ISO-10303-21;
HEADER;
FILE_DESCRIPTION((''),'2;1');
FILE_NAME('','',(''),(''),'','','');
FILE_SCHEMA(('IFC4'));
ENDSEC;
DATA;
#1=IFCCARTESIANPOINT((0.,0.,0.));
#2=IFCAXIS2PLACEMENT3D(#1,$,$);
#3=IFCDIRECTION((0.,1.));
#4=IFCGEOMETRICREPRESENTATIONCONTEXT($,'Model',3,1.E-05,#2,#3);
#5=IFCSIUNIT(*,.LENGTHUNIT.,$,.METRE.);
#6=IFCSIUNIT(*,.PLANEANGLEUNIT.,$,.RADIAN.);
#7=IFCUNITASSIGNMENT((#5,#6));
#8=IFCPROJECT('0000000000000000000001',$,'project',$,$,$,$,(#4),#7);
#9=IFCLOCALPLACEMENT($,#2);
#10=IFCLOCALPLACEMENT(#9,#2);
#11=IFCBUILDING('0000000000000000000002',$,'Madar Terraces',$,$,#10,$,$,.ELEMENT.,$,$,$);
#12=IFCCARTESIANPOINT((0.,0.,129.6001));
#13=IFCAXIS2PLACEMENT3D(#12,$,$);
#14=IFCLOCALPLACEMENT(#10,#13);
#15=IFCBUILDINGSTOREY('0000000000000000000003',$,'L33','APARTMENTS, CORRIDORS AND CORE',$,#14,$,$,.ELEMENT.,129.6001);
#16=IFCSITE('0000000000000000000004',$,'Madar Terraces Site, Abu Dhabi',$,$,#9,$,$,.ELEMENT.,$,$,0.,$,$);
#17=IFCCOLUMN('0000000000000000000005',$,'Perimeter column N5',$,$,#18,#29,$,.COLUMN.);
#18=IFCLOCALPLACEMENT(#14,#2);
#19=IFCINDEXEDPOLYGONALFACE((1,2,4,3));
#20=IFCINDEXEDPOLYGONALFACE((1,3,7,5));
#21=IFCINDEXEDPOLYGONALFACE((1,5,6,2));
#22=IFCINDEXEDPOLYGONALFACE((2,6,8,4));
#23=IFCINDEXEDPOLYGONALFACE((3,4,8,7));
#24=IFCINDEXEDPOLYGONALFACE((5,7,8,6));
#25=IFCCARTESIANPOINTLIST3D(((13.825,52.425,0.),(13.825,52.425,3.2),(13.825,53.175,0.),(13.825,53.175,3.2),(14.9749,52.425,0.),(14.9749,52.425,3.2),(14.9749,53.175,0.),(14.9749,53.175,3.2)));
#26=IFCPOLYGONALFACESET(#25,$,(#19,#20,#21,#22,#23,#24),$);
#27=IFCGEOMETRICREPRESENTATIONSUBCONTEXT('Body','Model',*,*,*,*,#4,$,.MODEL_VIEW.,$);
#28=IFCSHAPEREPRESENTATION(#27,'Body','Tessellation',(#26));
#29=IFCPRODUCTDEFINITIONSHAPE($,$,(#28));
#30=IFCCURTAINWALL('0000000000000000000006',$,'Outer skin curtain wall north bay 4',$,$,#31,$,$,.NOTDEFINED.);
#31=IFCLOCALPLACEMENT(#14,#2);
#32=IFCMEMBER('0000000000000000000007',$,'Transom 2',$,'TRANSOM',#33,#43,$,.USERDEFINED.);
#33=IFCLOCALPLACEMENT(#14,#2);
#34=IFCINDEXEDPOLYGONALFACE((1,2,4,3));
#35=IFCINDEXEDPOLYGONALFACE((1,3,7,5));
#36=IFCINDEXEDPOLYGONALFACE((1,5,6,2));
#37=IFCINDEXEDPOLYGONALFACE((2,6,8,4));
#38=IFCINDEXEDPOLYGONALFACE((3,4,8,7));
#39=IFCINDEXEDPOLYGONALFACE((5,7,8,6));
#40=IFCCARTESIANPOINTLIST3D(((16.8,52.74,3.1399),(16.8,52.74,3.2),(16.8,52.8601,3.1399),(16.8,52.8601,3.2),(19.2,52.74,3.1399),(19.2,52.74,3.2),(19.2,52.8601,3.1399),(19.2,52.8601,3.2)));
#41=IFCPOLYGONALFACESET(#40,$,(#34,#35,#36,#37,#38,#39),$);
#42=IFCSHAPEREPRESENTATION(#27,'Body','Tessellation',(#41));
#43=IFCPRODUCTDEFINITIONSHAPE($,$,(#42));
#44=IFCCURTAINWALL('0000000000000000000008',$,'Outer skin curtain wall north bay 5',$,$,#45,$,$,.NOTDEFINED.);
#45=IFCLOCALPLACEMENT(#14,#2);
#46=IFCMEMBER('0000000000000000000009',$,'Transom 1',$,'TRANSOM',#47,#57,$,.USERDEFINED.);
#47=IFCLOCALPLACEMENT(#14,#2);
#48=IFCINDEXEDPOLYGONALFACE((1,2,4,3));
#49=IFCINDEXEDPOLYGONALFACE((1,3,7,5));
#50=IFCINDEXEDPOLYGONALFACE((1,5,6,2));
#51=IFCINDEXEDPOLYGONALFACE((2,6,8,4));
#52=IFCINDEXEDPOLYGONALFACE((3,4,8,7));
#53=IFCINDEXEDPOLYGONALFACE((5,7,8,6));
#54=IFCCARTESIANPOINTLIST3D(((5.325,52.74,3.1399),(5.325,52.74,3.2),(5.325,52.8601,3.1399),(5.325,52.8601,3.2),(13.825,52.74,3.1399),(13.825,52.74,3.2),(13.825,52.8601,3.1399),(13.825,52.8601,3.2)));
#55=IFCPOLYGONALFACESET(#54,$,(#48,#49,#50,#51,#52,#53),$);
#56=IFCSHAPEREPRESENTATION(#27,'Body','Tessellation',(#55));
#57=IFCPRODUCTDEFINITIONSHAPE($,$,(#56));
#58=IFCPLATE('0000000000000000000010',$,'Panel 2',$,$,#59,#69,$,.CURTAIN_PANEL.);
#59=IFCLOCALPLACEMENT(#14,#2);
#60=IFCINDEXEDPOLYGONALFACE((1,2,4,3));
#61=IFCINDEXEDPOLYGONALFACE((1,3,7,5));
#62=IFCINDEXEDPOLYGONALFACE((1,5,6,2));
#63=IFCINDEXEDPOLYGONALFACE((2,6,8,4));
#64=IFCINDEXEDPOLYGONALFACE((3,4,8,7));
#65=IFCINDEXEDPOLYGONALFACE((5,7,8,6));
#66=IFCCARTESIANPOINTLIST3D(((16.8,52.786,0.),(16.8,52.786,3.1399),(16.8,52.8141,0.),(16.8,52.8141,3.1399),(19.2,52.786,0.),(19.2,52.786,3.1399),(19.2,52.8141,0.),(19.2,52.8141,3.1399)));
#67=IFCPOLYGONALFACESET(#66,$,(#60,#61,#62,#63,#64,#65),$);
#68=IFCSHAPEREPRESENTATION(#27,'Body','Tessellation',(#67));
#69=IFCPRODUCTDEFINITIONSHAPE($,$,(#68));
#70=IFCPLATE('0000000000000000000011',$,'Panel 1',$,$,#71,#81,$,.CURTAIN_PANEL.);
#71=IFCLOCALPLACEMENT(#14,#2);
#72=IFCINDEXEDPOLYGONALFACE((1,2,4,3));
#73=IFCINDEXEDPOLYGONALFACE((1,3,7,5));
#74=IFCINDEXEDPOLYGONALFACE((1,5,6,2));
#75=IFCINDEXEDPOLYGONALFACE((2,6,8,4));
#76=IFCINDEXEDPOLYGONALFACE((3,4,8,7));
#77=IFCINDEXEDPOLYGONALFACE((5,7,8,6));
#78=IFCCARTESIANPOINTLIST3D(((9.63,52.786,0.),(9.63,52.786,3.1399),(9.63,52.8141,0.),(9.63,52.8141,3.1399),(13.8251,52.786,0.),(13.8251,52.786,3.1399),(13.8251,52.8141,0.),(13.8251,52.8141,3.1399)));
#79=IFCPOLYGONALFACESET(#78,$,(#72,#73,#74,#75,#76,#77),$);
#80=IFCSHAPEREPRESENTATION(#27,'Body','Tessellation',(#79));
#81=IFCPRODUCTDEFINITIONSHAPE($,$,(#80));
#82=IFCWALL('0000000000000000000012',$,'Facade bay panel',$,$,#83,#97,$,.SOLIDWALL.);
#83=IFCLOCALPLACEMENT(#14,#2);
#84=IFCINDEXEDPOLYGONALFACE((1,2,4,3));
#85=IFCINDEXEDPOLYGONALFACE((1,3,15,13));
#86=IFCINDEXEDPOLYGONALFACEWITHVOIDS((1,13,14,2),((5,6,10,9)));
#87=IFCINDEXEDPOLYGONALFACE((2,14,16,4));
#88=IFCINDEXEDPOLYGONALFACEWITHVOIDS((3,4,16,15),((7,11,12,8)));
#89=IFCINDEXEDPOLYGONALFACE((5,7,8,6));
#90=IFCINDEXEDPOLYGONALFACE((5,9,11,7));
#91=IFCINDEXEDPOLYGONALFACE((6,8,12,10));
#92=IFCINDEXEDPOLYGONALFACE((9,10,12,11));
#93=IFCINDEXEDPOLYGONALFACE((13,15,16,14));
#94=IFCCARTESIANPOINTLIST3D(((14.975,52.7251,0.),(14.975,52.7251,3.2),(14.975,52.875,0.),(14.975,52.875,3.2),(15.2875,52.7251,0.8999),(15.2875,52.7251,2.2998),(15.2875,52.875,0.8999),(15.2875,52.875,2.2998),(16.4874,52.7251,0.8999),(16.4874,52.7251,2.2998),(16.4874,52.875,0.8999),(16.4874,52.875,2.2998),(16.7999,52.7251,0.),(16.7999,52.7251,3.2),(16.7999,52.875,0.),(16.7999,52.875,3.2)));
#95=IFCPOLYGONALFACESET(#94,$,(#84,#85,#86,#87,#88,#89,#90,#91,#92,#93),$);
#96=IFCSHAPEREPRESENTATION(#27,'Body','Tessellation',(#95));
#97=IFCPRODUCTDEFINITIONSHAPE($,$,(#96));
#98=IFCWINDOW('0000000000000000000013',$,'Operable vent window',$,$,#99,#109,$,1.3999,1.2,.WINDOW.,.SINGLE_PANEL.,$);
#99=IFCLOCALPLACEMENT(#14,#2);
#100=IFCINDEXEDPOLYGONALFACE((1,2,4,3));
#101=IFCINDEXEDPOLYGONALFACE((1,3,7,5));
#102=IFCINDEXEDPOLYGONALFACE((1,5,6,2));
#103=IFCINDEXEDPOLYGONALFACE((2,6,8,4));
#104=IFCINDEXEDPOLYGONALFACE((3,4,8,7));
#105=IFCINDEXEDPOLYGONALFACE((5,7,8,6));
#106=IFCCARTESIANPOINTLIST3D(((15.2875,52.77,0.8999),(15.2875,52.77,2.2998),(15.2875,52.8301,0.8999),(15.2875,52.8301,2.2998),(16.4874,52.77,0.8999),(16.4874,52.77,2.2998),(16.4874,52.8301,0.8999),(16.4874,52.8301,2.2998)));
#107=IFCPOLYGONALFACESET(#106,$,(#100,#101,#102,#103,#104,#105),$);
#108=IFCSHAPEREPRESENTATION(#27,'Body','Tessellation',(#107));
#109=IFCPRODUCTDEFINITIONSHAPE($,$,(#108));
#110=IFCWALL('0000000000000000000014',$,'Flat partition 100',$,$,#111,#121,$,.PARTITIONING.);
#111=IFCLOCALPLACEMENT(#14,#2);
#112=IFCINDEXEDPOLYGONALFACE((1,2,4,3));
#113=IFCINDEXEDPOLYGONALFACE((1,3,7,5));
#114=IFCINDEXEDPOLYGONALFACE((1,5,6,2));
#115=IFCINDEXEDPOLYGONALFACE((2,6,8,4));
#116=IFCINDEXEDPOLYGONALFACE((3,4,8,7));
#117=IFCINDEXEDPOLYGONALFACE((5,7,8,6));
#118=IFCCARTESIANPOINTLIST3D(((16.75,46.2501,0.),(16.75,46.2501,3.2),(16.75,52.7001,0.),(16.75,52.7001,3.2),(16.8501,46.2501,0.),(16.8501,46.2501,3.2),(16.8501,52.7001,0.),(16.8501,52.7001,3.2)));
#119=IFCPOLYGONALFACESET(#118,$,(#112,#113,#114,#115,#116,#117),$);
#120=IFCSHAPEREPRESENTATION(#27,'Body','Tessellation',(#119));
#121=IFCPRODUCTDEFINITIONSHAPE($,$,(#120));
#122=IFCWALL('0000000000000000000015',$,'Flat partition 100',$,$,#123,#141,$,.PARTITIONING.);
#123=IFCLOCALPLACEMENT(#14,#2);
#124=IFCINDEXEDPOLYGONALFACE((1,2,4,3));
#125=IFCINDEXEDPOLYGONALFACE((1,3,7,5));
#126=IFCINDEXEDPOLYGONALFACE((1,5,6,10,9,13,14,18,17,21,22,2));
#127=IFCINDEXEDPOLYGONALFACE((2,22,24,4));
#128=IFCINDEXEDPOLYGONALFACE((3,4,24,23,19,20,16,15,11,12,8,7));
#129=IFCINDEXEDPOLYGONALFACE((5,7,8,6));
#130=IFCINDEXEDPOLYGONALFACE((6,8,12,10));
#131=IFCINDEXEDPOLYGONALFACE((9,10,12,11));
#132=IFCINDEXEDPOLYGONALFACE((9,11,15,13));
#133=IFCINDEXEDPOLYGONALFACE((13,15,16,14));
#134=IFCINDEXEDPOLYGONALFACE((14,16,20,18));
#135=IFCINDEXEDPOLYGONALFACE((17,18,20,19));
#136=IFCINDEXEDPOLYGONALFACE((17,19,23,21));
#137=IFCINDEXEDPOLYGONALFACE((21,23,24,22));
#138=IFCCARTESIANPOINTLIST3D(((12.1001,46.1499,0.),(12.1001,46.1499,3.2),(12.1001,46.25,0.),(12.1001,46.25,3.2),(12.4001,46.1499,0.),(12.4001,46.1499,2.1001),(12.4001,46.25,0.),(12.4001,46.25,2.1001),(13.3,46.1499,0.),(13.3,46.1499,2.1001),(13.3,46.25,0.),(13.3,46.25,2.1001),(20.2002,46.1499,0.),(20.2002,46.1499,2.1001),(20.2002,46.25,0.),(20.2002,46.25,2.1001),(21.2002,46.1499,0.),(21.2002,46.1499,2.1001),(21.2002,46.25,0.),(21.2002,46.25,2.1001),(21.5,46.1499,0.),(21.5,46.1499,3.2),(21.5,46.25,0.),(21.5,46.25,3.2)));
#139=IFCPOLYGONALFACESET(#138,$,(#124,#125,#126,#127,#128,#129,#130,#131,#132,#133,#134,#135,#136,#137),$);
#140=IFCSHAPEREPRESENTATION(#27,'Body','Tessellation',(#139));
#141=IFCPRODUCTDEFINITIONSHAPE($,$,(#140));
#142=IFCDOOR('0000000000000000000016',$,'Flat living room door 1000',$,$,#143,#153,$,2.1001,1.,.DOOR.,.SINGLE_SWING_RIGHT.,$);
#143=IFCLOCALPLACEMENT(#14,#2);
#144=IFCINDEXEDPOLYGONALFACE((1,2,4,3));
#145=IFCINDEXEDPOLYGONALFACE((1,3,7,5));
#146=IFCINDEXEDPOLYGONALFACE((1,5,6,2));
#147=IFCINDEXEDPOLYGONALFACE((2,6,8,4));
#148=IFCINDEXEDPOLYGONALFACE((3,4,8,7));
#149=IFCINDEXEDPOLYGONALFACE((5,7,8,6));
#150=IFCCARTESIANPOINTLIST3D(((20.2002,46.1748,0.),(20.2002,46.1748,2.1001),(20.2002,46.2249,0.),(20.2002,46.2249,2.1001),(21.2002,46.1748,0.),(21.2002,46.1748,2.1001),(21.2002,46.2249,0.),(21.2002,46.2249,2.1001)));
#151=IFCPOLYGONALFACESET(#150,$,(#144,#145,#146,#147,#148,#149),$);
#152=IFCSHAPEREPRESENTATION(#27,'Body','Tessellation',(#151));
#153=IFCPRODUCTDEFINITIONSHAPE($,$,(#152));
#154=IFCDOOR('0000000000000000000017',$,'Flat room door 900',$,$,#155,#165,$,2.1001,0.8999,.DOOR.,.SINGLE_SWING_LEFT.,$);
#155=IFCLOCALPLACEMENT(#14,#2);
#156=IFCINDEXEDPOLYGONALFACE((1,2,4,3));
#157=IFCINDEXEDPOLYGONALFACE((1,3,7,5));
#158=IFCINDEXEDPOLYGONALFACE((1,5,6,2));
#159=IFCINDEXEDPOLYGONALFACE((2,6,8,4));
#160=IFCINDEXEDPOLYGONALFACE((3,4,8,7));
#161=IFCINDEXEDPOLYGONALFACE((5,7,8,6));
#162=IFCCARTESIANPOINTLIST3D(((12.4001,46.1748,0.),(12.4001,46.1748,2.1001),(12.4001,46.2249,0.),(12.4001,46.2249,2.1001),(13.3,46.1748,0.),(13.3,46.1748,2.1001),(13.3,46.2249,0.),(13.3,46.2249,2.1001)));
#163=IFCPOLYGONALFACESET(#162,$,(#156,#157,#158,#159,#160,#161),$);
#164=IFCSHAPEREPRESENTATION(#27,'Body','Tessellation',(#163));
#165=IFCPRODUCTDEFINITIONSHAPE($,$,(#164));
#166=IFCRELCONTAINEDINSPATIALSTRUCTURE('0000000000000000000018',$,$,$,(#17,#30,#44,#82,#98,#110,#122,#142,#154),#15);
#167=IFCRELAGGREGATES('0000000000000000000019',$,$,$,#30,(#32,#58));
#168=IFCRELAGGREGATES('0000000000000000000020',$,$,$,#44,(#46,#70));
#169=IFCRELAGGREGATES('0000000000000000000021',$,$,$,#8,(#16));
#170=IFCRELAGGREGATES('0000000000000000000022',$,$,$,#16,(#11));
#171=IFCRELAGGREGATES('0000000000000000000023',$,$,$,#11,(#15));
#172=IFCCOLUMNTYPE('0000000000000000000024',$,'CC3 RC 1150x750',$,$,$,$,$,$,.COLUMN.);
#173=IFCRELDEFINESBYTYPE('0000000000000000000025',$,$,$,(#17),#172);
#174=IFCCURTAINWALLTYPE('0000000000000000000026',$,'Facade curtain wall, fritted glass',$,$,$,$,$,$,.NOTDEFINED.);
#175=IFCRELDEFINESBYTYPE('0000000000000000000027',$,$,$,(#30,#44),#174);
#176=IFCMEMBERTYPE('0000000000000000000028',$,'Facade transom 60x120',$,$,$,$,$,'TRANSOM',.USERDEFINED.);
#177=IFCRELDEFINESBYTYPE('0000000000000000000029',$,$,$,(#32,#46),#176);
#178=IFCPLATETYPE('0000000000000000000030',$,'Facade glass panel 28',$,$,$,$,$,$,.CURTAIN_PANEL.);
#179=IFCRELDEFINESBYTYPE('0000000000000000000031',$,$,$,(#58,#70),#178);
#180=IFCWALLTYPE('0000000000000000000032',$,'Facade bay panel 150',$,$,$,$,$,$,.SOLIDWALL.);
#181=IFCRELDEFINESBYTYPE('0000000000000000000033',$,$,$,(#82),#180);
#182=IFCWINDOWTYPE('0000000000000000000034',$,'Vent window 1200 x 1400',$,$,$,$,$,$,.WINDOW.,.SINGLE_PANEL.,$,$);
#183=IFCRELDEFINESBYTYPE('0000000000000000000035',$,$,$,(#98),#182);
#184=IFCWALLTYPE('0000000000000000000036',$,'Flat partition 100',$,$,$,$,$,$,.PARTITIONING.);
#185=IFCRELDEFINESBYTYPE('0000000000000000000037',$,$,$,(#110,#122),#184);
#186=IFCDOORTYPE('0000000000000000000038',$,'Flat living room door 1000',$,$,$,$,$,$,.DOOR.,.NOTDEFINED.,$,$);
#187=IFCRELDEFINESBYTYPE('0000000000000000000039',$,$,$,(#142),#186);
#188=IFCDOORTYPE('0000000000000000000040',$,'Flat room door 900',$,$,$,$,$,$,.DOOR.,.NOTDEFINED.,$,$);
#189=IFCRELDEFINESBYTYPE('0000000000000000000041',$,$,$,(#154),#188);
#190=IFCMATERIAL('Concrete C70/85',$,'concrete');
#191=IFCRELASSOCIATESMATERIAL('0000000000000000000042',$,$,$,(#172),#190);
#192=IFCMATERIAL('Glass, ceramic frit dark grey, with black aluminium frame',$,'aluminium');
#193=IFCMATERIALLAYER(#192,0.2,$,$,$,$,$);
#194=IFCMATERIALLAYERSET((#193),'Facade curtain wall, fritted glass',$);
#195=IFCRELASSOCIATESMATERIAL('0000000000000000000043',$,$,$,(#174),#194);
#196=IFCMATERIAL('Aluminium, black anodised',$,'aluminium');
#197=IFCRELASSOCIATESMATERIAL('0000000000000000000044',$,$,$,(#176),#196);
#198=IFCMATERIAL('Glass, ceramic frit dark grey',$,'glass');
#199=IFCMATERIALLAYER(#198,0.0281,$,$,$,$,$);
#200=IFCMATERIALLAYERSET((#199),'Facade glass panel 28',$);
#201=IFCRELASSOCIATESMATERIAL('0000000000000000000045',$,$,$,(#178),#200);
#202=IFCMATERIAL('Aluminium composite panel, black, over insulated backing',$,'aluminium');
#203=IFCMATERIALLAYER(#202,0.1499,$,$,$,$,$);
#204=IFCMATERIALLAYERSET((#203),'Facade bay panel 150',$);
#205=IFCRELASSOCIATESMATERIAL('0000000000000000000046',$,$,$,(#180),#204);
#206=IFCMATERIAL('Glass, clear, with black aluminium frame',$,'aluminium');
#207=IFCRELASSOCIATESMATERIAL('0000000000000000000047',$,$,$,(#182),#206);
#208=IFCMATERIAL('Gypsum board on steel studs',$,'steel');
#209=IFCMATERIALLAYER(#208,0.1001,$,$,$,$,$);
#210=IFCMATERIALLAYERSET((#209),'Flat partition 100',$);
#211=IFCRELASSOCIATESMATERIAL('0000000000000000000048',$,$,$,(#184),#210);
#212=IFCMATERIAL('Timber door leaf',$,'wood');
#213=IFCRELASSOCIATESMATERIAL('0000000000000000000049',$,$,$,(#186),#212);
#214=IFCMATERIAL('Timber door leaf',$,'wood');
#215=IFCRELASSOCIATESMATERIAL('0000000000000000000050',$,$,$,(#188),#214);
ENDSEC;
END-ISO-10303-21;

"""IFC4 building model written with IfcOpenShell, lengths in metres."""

from ifc_helpers import new_model, si_unit, direction, frame, frame_2d, origin, origin_2d, place, context, subcontext, project, spatial, rectangle, extrude, material, layer, layer_set, material_profile, profile_set, type_object, element, fill, aggregate, save


model = new_model("IFC4")

# Units and contexts
model_context = context("Model", 3, precision=1e-05, world=origin(), true_north=direction((0.0, 1.0)))
body_context = subcontext(model_context, "Body", "Model", "MODEL_VIEW")
ifc_project = project(units=[si_unit("LENGTHUNIT", "METRE"), si_unit("PLANEANGLEUNIT", "RADIAN")], contexts=[model_context])

# Site, building, storey
site_placement = place(None, origin())
site = spatial("IfcSite", under=ifc_project, at=site_placement, Name="Madar Terraces Site, Abu Dhabi", CompositionType="ELEMENT", RefElevation=0.0)
building_placement = place(site_placement, origin())
building = spatial("IfcBuilding", under=site, at=building_placement, Name="Madar Terraces", CompositionType="ELEMENT")
storey_placement = place(building_placement, frame((0.0, 0.0, 129.6001)))
storey = spatial("IfcBuildingStorey", under=building, at=storey_placement, Name="L33", Description="APARTMENTS, CORRIDORS AND CORE", CompositionType="ELEMENT", Elevation=129.6001)

# Column
ifc_material_1 = material(Name="Concrete C70/85", Category="concrete")
ifc_material_profile_1 = material_profile(ifc_material_1, rectangle(XDim=1.1499, YDim=0.75, at=origin_2d()), Name="CC3 RC 1150x750")
ifc_profile_set_1 = profile_set([ifc_material_profile_1], Name="Concrete C70/85")
column_type = type_object("IfcColumnType", Name="CC3 RC 1150x750", PredefinedType="COLUMN", material=ifc_profile_set_1)
column_placement = place(storey_placement, frame((14.3999, 52.8, 0.0), z_axis=(0.0, 0.0, 1.0), x_axis=(1.0, 0.0, 0.0)))
element("IfcColumn", 1, at=column_placement, inside=storey, type_object=column_type, Name="Perimeter column N5", PredefinedType="COLUMN", context=body_context, shape_type="SweptSolid", body=[
    extrude(rectangle(XDim=1.1499, YDim=0.75, at=origin_2d()), origin(), (0.0, 0.0, 1.0), 3.2),
])

# Curtain walls, members
ifc_material_2 = material(Name="Glass, ceramic frit dark grey, with black aluminium frame", Category="aluminium")
ifc_layer_1 = layer(ifc_material_2, 0.2)
ifc_layer_set_1 = layer_set([ifc_layer_1], Name="Facade curtain wall, fritted glass")
curtain_wall_type = type_object("IfcCurtainWallType", Name="Facade curtain wall, fritted glass", PredefinedType="NOTDEFINED", material=ifc_layer_set_1)
curtain_wall_1_placement = place(storey_placement, origin())
curtain_wall_1 = element("IfcCurtainWall", 2, at=curtain_wall_1_placement, inside=storey, type_object=curtain_wall_type, Name="Outer skin curtain wall north bay 4", PredefinedType="NOTDEFINED")
ifc_material_3 = material(Name="Aluminium, black anodised", Category="aluminium")
ifc_material_profile_2 = material_profile(ifc_material_3, rectangle(XDim=0.1201, YDim=0.0601, at=origin_2d()), Name="Facade transom 60x120")
ifc_profile_set_2 = profile_set([ifc_material_profile_2], Name="Aluminium, black anodised")
member_type = type_object("IfcMemberType", Name="Facade transom 60x120", ElementType="TRANSOM", PredefinedType="USERDEFINED", material=ifc_profile_set_2)
member_1_placement = place(storey_placement, frame((19.2, 52.8, 3.1699), z_axis=(-1.0, 0.0, 0.0), x_axis=(0.0, -1.0, 0.0)))
member_1 = element("IfcMember", 3, at=member_1_placement, type_object=member_type, Name="Transom 2", ObjectType="TRANSOM", PredefinedType="USERDEFINED", context=body_context, shape_type="SweptSolid", body=[
    extrude(rectangle(XDim=0.1201, YDim=0.0601, at=origin_2d()), origin(), (0.0, 0.0, 1.0), 2.3999),
])
curtain_wall_2_placement = place(storey_placement, origin())
curtain_wall_2 = element("IfcCurtainWall", 4, at=curtain_wall_2_placement, inside=storey, type_object=curtain_wall_type, Name="Outer skin curtain wall north bay 5", PredefinedType="NOTDEFINED")
member_2_placement = place(storey_placement, frame((13.825, 52.8, 3.1699), z_axis=(-1.0, 0.0, 0.0), x_axis=(0.0, -1.0, 0.0)))
member_2 = element("IfcMember", 5, at=member_2_placement, type_object=member_type, Name="Transom 1", ObjectType="TRANSOM", PredefinedType="USERDEFINED", context=body_context, shape_type="SweptSolid", body=[
    extrude(rectangle(XDim=0.1201, YDim=0.0601, at=origin_2d()), origin(), (0.0, 0.0, 1.0), 8.5),
])

# Plates
ifc_material_4 = material(Name="Glass, ceramic frit dark grey", Category="glass")
ifc_layer_2 = layer(ifc_material_4, 0.0281)
ifc_layer_set_2 = layer_set([ifc_layer_2], Name="Facade glass panel 28")
plate_type = type_object("IfcPlateType", Name="Facade glass panel 28", PredefinedType="CURTAIN_PANEL", material=ifc_layer_set_2)
plate_1_placement = place(storey_placement, frame((18.0, 52.8, 0.0), z_axis=(0.0, 0.0, 1.0), x_axis=(-1.0, 0.0, 0.0)))
plate_1 = element("IfcPlate", 6, at=plate_1_placement, type_object=plate_type, Name="Panel 2", PredefinedType="CURTAIN_PANEL", context=body_context, shape_type="SweptSolid", body=[
    extrude(rectangle(XDim=2.3999, YDim=0.0281, at=origin_2d()), origin(), (0.0, 0.0, 1.0), 3.1399),
])
aggregate(curtain_wall_1, [member_1, plate_1])
plate_2_placement = place(storey_placement, frame((11.7275, 52.8, 0.0), z_axis=(0.0, 0.0, 1.0), x_axis=(-1.0, 0.0, 0.0)))
plate_2 = element("IfcPlate", 7, at=plate_2_placement, type_object=plate_type, Name="Panel 1", PredefinedType="CURTAIN_PANEL", context=body_context, shape_type="SweptSolid", body=[
    extrude(rectangle(XDim=4.1951, YDim=0.0281, at=origin_2d()), origin(), (0.0, 0.0, 1.0), 3.1399),
])
aggregate(curtain_wall_2, [member_2, plate_2])

# Wall, opening, window
ifc_material_5 = material(Name="Aluminium composite panel, black, over insulated backing", Category="aluminium")
ifc_layer_3 = layer(ifc_material_5, 0.1499)
ifc_layer_set_3 = layer_set([ifc_layer_3], Name="Facade bay panel 150")
wall_type_1 = type_object("IfcWallType", Name="Facade bay panel 150", PredefinedType="SOLIDWALL", material=ifc_layer_set_3)
wall_1_placement = place(storey_placement, frame((16.8, 52.8, 0.0), z_axis=(0.0, 0.0, 1.0), x_axis=(-1.0, 0.0, 0.0)))
wall_1 = element("IfcWall", 8, at=wall_1_placement, inside=storey, type_object=wall_type_1, Name="Facade bay panel", PredefinedType="SOLIDWALL", context=body_context, shape_type="SweptSolid", body=[
    extrude(rectangle(XDim=1.825, YDim=0.1499, at=frame_2d((0.9126, 0.0))), origin(), (0.0, 0.0, 1.0), 3.2),
])
opening_1_placement = place(wall_1_placement, frame((0.3125, 0.0, 0.8999)))
opening_1 = element("IfcOpeningElement", 9, at=opening_1_placement, cuts=wall_1, PredefinedType="OPENING", context=body_context, shape_type="SweptSolid", body=[
    extrude(rectangle(XDim=1.2, YDim=1.3999, at=frame_2d((0.6001, 0.7))), frame((0.0, 0.085, 0.0), z_axis=(0.0, -1.0, 0.0), x_axis=(1.0, 0.0, 0.0)), (0.0, 0.0, 1.0), 0.1699),
])
ifc_material_6 = material(Name="Glass, clear, with black aluminium frame", Category="aluminium")
window_type = type_object("IfcWindowType", Name="Vent window 1200 x 1400", PartitioningType="SINGLE_PANEL", PredefinedType="WINDOW", material=ifc_material_6)
window_placement = place(opening_1_placement, origin())
window = element("IfcWindow", 10, at=window_placement, inside=storey, type_object=window_type, Name="Operable vent window", OverallHeight=1.3999, OverallWidth=1.2, PartitioningType="SINGLE_PANEL", PredefinedType="WINDOW", context=body_context, shape_type="SweptSolid", body=[
    extrude(rectangle(XDim=1.2, YDim=1.3999, at=frame_2d((0.6001, 0.7))), frame((0.0, 0.03, 0.0), z_axis=(0.0, -1.0, 0.0), x_axis=(1.0, 0.0, 0.0)), (0.0, 0.0, 1.0), 0.0601),
])
fill(opening_1, window)

# Wall
ifc_material_7 = material(Name="Gypsum board on steel studs", Category="steel")
ifc_layer_4 = layer(ifc_material_7, 0.1001)
ifc_layer_set_4 = layer_set([ifc_layer_4], Name="Flat partition 100")
wall_type_2 = type_object("IfcWallType", Name="Flat partition 100", PredefinedType="PARTITIONING", material=ifc_layer_set_4)
wall_2_placement = place(storey_placement, frame((16.8, 46.25, 0.0), z_axis=(0.0, 0.0, 1.0), x_axis=(0.0, 1.0, 0.0)))
element("IfcWall", 11, at=wall_2_placement, inside=storey, type_object=wall_type_2, Name="Flat partition 100", PredefinedType="PARTITIONING", context=body_context, shape_type="SweptSolid", body=[
    extrude(rectangle(XDim=6.45, YDim=0.1001, at=frame_2d((3.2251, 0.0))), origin(), (0.0, 0.0, 1.0), 3.2),
])

# Wall, openings, doors
wall_3_placement = place(storey_placement, frame((12.1001, 46.2, 0.0), z_axis=(0.0, 0.0, 1.0), x_axis=(1.0, 0.0, 0.0)))
wall_3 = element("IfcWall", 12, at=wall_3_placement, inside=storey, type_object=wall_type_2, Name="Flat partition 100", PredefinedType="PARTITIONING", context=body_context, shape_type="SweptSolid", body=[
    extrude(rectangle(XDim=9.3999, YDim=0.1001, at=frame_2d((4.7, 0.0))), origin(), (0.0, 0.0, 1.0), 3.2),
])
opening_2_placement = place(wall_3_placement, frame((0.3, 0.0, 0.0)))
opening_2 = element("IfcOpeningElement", 13, at=opening_2_placement, cuts=wall_3, PredefinedType="OPENING", context=body_context, shape_type="SweptSolid", body=[
    extrude(rectangle(XDim=0.8999, YDim=2.1001, at=frame_2d((0.45, 1.05))), frame((0.0, 0.0601, 0.0), z_axis=(0.0, -1.0, 0.0), x_axis=(1.0, 0.0, 0.0)), (0.0, 0.0, 1.0), 0.1201),
])
opening_3_placement = place(wall_3_placement, frame((8.1001, 0.0, 0.0)))
opening_3 = element("IfcOpeningElement", 14, at=opening_3_placement, cuts=wall_3, PredefinedType="OPENING", context=body_context, shape_type="SweptSolid", body=[
    extrude(rectangle(XDim=1.0, YDim=2.1001, at=frame_2d((0.5, 1.05))), frame((0.0, 0.0601, 0.0), z_axis=(0.0, -1.0, 0.0), x_axis=(1.0, 0.0, 0.0)), (0.0, 0.0, 1.0), 0.1201),
])
ifc_material_8 = material(Name="Timber door leaf", Category="wood")
door_type_1 = type_object("IfcDoorType", Name="Flat living room door 1000", OperationType="NOTDEFINED", PredefinedType="DOOR", material=ifc_material_8)
door_1_placement = place(opening_3_placement, origin())
door_1 = element("IfcDoor", 15, at=door_1_placement, inside=storey, type_object=door_type_1, Name="Flat living room door 1000", OperationType="SINGLE_SWING_RIGHT", OverallHeight=2.1001, OverallWidth=1.0, PredefinedType="DOOR", context=body_context, shape_type="SweptSolid", body=[
    extrude(rectangle(XDim=1.0, YDim=2.1001, at=frame_2d((0.5, 1.05))), frame((0.0, 0.0249, 0.0), z_axis=(0.0, -1.0, 0.0), x_axis=(1.0, 0.0, 0.0)), (0.0, 0.0, 1.0), 0.05),
])
fill(opening_3, door_1)
ifc_material_9 = material(Name="Timber door leaf", Category="wood")
door_type_2 = type_object("IfcDoorType", Name="Flat room door 900", OperationType="NOTDEFINED", PredefinedType="DOOR", material=ifc_material_9)
door_2_placement = place(opening_2_placement, origin())
door_2 = element("IfcDoor", 16, at=door_2_placement, inside=storey, type_object=door_type_2, Name="Flat room door 900", OperationType="SINGLE_SWING_LEFT", OverallHeight=2.1001, OverallWidth=0.8999, PredefinedType="DOOR", context=body_context, shape_type="SweptSolid", body=[
    extrude(rectangle(XDim=0.8999, YDim=2.1001, at=frame_2d((0.45, 1.05))), frame((0.0, 0.0249, 0.0), z_axis=(0.0, -1.0, 0.0), x_axis=(1.0, 0.0, 0.0)), (0.0, 0.0, 1.0), 0.05),
])
fill(opening_2, door_2)

save(model, "model.ifc")
